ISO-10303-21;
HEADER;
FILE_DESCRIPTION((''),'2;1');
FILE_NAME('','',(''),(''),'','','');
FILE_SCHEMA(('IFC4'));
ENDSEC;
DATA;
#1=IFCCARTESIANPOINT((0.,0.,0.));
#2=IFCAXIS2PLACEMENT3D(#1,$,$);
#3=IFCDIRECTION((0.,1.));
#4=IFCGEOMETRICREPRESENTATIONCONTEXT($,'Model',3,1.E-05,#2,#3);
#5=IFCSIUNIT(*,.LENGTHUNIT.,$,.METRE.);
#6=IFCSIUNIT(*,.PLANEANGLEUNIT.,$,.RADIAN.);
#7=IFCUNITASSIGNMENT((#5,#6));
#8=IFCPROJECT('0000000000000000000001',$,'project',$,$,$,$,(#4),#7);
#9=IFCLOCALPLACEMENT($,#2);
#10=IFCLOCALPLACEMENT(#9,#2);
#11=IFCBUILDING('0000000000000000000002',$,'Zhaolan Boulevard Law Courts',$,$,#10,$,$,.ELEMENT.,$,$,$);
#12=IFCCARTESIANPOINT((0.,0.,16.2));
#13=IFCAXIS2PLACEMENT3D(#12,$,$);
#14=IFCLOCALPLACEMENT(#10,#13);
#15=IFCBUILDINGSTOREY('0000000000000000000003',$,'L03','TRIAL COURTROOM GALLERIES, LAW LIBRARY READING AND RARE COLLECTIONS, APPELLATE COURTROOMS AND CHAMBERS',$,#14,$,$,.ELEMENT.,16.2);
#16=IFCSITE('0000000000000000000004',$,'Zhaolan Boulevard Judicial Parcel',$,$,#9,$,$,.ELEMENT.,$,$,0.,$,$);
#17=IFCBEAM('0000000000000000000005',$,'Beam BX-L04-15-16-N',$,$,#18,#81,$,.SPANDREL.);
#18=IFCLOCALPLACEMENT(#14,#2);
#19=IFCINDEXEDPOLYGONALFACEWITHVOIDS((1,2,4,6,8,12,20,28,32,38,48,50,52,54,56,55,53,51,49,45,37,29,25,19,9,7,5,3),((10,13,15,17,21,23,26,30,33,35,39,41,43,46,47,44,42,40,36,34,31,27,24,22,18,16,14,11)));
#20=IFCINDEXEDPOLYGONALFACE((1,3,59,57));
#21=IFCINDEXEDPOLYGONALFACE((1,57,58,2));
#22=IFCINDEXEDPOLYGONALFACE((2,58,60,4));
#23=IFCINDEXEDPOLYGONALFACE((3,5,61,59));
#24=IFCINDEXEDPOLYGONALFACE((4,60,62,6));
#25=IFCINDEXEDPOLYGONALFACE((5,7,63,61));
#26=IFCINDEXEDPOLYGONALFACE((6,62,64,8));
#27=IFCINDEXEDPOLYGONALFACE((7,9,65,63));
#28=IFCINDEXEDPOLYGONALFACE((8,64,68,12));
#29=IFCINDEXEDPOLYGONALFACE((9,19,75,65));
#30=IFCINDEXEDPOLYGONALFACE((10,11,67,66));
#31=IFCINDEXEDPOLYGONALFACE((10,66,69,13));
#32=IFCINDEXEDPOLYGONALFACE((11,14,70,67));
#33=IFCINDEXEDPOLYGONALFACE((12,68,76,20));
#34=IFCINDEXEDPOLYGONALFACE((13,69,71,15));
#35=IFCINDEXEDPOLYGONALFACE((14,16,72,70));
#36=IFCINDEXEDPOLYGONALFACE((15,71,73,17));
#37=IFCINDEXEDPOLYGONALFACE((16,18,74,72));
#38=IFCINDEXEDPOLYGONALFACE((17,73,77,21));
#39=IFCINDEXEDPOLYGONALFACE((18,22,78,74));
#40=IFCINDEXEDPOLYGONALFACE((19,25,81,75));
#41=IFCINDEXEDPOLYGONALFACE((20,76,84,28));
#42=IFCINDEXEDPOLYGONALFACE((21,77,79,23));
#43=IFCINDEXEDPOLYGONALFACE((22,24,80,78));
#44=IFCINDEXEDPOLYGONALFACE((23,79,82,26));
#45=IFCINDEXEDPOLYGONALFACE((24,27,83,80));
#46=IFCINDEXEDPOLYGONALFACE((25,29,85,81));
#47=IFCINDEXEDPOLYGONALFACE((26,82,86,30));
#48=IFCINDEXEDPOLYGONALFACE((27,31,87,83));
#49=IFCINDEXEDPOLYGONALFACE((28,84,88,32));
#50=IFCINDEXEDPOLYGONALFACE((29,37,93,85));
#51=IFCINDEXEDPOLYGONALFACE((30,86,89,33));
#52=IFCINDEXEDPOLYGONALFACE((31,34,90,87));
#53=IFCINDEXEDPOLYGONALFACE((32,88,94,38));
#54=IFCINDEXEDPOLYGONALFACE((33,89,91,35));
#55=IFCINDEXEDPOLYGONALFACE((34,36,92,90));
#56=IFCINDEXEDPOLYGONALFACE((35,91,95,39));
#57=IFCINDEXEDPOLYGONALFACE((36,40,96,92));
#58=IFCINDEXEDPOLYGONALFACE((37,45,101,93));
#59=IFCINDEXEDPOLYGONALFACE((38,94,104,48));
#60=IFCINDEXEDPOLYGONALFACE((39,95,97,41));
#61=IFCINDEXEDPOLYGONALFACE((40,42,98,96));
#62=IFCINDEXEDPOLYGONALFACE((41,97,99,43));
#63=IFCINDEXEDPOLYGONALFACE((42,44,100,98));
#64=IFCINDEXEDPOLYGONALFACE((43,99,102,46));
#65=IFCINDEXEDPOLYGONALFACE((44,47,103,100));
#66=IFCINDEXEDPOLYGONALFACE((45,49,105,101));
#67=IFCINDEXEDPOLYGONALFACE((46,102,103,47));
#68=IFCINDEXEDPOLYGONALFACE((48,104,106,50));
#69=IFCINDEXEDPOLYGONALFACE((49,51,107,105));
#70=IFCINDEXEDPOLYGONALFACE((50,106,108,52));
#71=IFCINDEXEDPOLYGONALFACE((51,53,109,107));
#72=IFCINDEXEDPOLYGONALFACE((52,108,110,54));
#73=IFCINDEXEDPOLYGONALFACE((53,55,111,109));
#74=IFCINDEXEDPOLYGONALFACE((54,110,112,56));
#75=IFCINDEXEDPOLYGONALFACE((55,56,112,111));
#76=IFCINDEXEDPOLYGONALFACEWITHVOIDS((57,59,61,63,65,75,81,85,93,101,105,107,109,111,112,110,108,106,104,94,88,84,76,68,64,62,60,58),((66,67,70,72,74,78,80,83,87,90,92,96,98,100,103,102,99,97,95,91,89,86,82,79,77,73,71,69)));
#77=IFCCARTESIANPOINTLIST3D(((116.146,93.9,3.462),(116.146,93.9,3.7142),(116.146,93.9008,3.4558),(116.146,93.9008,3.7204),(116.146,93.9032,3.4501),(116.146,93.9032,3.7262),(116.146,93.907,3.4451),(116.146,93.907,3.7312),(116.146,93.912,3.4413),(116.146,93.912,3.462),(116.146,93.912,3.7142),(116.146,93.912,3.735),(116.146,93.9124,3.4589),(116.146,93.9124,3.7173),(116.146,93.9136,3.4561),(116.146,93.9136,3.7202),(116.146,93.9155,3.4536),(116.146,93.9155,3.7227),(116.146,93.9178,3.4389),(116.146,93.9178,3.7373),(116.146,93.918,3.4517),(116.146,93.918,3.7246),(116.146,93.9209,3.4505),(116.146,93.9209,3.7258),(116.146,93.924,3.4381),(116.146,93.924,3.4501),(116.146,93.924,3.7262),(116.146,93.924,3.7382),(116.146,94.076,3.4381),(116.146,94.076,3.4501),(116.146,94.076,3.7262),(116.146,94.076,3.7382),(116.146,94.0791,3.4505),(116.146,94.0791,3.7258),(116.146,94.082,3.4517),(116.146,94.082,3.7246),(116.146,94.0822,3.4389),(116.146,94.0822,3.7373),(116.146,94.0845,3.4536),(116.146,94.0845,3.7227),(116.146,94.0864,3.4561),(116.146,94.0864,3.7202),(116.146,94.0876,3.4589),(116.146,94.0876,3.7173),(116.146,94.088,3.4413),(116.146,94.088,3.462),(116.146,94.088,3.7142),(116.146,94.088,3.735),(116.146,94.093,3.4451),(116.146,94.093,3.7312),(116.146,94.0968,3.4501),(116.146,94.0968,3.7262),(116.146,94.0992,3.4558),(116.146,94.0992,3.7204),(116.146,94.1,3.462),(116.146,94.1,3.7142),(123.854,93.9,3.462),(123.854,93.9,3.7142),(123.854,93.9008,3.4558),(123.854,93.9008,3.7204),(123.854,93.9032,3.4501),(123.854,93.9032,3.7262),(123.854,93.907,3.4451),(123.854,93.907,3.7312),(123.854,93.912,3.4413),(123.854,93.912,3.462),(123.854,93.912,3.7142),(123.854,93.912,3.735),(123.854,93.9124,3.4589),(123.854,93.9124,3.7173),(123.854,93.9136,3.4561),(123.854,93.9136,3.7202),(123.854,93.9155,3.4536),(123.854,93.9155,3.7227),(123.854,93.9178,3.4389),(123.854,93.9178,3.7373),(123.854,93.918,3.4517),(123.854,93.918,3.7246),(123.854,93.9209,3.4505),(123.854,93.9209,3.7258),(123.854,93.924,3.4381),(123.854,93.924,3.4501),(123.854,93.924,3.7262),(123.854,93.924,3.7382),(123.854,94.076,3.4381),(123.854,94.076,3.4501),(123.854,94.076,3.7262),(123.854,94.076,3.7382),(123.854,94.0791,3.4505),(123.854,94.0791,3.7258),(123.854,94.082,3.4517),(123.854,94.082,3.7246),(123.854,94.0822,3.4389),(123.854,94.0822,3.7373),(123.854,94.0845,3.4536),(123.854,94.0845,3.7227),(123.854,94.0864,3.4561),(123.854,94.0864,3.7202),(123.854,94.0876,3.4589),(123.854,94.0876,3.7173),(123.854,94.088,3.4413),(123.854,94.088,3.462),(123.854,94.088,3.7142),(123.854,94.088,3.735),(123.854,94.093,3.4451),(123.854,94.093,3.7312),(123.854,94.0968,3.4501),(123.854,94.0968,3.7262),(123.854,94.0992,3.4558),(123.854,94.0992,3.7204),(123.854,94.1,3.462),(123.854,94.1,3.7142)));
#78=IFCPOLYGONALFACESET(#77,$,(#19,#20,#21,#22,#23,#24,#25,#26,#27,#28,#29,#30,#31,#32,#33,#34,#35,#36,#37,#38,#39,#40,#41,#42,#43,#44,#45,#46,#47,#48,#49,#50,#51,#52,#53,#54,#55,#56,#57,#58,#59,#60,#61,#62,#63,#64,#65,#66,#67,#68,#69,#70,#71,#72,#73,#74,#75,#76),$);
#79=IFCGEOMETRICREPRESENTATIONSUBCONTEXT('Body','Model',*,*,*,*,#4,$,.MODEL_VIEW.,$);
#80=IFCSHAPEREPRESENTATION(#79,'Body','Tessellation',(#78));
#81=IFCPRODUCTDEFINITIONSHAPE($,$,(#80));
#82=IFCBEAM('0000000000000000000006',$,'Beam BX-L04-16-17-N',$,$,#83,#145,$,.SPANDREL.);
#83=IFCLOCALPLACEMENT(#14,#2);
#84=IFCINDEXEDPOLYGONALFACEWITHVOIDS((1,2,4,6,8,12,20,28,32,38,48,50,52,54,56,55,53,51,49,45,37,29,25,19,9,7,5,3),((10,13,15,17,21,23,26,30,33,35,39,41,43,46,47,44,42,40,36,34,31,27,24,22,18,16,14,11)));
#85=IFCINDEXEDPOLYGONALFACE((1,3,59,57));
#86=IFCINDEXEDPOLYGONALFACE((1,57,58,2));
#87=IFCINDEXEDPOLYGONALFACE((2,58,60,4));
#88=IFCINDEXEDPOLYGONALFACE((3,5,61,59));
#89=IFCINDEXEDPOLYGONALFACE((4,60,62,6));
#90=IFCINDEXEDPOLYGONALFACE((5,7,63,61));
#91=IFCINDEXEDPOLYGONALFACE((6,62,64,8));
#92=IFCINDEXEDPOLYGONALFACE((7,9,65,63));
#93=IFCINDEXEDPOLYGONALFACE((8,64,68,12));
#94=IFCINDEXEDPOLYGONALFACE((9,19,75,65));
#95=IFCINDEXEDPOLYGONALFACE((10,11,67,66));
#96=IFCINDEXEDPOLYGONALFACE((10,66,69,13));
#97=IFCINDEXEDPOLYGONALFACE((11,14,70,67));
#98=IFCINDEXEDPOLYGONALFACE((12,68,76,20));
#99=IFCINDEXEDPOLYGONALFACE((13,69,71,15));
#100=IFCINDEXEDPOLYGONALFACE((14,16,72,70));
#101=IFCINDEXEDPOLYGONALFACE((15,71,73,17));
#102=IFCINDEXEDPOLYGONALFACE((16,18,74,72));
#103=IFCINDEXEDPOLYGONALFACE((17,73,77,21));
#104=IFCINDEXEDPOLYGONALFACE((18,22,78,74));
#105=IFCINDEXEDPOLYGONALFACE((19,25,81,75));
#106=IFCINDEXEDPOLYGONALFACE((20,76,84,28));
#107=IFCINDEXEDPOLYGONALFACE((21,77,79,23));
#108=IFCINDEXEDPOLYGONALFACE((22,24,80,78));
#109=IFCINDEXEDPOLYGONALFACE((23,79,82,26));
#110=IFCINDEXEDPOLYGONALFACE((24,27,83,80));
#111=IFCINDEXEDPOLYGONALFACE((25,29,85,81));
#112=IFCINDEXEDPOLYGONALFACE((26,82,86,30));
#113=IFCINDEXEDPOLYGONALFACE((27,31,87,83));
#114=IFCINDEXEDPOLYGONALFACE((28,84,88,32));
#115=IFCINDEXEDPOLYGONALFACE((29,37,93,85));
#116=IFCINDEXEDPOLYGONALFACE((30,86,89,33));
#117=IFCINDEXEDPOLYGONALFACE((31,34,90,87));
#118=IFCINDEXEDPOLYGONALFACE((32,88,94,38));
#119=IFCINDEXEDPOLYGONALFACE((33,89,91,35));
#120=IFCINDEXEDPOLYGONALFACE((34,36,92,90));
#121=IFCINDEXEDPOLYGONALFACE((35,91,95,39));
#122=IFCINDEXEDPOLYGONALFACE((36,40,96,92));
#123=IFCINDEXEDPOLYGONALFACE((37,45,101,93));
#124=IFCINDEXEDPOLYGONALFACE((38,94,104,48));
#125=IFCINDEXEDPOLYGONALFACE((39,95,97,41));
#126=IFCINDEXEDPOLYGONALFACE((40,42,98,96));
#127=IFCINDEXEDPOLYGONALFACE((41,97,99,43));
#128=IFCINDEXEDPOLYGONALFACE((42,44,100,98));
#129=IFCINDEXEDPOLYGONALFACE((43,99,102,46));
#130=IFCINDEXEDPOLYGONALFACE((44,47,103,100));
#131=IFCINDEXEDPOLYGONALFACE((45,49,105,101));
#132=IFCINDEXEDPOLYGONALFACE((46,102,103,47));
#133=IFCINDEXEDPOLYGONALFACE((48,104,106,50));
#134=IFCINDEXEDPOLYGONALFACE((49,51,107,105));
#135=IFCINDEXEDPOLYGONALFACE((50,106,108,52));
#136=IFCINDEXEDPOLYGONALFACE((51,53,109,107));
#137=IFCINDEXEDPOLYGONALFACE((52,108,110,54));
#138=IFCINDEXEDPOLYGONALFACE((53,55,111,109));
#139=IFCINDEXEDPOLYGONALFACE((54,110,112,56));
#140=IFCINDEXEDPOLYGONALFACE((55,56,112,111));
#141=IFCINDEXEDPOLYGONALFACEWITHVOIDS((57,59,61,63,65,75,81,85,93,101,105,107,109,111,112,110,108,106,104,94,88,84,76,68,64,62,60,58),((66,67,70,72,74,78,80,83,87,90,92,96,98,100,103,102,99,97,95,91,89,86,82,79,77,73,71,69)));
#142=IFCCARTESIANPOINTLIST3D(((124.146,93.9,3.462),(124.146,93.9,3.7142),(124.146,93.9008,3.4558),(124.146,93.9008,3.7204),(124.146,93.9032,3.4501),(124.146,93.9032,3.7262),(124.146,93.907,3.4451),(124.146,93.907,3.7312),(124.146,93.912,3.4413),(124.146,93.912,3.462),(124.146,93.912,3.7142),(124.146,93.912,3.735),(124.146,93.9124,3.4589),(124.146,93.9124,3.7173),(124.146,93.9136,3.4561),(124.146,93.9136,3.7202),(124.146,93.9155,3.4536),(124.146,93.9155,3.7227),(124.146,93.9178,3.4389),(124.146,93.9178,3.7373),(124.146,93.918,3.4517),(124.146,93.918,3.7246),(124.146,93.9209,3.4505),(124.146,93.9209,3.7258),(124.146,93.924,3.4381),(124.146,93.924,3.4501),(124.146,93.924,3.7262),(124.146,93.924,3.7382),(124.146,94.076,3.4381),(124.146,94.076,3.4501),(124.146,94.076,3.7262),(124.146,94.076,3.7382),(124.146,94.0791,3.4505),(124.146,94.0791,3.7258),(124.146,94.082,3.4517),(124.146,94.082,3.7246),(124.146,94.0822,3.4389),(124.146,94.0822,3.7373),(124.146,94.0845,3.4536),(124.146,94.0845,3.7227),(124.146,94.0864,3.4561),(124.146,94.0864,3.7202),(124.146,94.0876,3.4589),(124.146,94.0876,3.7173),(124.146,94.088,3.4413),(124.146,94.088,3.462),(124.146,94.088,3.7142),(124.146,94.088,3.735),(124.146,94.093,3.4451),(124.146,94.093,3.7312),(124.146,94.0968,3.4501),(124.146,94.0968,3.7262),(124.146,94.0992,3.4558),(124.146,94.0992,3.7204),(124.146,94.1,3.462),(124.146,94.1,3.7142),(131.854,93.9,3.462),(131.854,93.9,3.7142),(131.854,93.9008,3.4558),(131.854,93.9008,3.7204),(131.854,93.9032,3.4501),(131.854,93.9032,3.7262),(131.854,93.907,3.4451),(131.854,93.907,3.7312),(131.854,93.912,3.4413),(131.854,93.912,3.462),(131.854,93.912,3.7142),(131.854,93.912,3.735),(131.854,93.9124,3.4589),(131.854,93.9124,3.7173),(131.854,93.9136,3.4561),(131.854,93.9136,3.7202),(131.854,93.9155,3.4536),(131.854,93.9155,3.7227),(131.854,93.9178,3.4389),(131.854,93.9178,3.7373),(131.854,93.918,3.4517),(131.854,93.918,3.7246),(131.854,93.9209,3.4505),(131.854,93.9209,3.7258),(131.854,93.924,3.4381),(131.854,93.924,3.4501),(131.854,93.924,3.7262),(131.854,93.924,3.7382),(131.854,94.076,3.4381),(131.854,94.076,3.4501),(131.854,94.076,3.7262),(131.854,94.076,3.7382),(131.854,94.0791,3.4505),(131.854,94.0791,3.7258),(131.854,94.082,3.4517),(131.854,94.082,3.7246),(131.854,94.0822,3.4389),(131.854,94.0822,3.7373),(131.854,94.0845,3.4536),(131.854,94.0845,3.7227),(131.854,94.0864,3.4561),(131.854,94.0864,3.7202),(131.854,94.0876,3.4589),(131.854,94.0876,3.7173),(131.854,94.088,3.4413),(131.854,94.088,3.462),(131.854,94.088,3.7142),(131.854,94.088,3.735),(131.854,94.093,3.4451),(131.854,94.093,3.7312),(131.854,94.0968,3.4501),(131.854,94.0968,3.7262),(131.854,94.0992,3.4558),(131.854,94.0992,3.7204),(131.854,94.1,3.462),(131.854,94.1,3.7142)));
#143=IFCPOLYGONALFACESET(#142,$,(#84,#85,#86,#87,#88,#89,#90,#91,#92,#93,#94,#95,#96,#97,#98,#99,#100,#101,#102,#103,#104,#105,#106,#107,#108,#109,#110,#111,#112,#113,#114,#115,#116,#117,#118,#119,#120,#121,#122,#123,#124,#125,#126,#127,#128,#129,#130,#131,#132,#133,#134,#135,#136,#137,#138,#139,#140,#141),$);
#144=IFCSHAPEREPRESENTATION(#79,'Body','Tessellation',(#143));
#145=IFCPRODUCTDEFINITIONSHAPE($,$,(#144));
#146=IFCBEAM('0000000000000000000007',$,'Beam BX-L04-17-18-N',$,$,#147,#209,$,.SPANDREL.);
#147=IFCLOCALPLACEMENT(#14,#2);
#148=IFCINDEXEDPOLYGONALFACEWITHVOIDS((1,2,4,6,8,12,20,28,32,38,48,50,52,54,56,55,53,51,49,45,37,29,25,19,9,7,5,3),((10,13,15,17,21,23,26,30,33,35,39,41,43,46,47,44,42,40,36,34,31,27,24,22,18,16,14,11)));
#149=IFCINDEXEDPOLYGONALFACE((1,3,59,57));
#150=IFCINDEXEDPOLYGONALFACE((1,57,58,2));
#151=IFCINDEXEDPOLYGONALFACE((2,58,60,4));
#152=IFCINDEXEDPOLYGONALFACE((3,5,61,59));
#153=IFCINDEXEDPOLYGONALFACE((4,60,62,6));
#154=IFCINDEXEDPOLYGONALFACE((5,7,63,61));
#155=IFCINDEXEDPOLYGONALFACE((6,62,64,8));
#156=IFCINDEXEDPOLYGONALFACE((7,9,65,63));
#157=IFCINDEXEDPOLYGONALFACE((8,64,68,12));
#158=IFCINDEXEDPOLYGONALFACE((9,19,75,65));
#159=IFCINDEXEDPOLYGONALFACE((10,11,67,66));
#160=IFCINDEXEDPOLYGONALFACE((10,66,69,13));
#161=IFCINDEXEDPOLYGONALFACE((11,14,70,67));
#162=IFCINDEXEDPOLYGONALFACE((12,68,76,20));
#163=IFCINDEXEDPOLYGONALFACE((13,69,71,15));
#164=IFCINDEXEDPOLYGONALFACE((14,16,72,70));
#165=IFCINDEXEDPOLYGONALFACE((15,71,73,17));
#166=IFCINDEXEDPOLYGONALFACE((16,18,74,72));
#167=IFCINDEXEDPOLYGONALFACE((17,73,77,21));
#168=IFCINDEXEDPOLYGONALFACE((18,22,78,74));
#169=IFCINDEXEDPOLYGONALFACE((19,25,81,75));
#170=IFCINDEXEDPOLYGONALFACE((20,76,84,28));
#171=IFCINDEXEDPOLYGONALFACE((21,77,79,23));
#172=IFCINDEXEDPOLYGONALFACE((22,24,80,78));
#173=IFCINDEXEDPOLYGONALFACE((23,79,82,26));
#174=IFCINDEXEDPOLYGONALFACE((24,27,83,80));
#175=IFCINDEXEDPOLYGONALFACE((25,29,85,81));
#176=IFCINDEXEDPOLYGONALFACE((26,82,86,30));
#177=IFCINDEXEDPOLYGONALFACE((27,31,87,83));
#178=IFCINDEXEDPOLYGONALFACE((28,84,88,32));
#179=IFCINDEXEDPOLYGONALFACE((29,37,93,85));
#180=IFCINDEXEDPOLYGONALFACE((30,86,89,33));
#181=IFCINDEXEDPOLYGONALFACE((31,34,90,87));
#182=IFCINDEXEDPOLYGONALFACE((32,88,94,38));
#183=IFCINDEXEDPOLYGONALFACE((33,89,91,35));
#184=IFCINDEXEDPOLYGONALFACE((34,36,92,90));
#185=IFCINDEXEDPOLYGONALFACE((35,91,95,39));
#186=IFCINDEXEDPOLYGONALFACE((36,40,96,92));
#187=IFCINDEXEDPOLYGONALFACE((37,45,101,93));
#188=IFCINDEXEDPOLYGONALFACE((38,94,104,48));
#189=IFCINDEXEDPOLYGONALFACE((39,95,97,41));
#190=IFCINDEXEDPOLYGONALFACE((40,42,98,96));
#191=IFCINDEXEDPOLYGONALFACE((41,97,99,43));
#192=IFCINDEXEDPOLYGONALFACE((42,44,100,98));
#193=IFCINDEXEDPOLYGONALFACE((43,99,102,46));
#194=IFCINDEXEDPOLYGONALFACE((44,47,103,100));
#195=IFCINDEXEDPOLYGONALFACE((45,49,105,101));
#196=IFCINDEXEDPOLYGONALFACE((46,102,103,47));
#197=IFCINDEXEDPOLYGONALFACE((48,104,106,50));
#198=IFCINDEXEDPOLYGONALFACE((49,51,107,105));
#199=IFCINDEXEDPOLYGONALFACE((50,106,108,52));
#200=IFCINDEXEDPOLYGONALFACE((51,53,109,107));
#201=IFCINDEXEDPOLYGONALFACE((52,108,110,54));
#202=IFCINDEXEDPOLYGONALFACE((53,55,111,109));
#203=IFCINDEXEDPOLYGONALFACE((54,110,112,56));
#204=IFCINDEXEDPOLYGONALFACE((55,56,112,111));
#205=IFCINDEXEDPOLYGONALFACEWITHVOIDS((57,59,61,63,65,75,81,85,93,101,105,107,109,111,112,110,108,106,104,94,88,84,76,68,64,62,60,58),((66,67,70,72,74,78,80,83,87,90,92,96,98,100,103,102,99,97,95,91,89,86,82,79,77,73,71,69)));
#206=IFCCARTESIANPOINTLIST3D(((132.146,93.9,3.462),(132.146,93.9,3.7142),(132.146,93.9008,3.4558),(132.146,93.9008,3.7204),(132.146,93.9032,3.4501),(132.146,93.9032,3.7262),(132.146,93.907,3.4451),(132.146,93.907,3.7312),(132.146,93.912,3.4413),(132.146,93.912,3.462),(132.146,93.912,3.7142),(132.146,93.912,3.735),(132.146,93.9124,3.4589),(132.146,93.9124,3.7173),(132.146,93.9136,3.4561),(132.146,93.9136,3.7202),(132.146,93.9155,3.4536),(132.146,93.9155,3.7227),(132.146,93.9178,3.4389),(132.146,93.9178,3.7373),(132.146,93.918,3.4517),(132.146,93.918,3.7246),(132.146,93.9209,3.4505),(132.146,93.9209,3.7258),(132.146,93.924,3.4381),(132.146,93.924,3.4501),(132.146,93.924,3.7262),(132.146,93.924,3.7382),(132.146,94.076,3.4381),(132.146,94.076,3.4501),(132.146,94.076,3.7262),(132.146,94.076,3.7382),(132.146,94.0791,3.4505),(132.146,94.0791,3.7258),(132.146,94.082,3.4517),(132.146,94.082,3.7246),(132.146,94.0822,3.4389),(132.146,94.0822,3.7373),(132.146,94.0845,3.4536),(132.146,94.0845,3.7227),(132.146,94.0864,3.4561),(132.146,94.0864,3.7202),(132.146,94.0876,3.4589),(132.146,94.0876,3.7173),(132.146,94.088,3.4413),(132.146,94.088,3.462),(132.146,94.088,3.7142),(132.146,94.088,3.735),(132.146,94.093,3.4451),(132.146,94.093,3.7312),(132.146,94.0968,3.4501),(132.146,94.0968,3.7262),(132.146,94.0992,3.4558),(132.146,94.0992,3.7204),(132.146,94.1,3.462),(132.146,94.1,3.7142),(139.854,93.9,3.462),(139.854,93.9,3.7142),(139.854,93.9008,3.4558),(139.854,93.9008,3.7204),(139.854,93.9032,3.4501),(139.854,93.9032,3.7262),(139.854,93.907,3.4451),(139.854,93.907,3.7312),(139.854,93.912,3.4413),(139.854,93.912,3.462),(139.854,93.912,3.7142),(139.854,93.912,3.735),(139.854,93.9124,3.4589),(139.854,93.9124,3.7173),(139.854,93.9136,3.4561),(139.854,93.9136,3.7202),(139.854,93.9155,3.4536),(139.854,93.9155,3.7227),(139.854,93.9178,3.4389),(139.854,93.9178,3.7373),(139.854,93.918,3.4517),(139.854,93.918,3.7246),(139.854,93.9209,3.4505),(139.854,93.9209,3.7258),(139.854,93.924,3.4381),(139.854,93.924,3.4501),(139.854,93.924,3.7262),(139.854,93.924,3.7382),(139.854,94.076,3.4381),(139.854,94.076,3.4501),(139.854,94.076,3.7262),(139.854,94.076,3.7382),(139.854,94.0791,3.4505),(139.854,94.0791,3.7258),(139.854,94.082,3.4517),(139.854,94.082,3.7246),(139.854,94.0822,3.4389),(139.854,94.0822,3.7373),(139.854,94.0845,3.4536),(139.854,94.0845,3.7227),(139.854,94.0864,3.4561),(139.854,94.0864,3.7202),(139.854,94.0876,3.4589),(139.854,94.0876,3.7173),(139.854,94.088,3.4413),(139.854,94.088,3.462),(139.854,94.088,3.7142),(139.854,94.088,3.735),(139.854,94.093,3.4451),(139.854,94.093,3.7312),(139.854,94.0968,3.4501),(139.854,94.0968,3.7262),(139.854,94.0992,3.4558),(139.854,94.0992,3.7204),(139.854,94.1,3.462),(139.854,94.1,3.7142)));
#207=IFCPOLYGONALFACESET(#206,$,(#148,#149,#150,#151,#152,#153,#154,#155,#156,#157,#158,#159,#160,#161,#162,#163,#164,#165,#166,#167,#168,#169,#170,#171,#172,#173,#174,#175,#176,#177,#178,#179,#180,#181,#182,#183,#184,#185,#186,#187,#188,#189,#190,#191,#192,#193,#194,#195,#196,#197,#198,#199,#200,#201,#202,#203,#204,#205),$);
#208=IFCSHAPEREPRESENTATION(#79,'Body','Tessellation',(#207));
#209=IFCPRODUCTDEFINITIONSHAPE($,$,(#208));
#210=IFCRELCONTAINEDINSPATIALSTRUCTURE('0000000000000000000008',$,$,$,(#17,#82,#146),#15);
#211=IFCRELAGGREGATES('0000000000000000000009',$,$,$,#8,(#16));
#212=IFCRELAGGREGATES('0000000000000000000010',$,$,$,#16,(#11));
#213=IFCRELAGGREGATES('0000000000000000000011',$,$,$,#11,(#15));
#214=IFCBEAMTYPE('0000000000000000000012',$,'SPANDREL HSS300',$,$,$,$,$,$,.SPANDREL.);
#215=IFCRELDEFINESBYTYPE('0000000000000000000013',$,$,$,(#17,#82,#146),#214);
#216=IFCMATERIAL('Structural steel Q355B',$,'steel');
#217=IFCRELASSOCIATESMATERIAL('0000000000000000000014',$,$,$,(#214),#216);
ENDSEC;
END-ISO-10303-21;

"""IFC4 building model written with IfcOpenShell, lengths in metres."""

from ifc_helpers import new_model, si_unit, direction, frame, origin, origin_2d, place, context, subcontext, project, spatial, hollow_rectangle, extrude, material, material_profile, profile_set, type_object, element, save


model = new_model("IFC4")

# Units and contexts
model_context = context("Model", 3, precision=1e-05, world=origin(), true_north=direction((0.0, 1.0)))
body_context = subcontext(model_context, "Body", "Model", "MODEL_VIEW")
ifc_project = project(units=[si_unit("LENGTHUNIT", "METRE"), si_unit("PLANEANGLEUNIT", "RADIAN")], contexts=[model_context])

# Site, building, storey
site_placement = place(None, origin())
site = spatial("IfcSite", under=ifc_project, at=site_placement, Name="Zhaolan Boulevard Judicial Parcel", CompositionType="ELEMENT", RefElevation=0.0)
building_placement = place(site_placement, origin())
building = spatial("IfcBuilding", under=site, at=building_placement, Name="Zhaolan Boulevard Law Courts", CompositionType="ELEMENT")
storey_placement = place(building_placement, frame((0.0, 0.0, 16.2)))
storey = spatial("IfcBuildingStorey", under=building, at=storey_placement, Name="L03", Description="TRIAL COURTROOM GALLERIES, LAW LIBRARY READING AND RARE COLLECTIONS, APPELLATE COURTROOMS AND CHAMBERS", CompositionType="ELEMENT", Elevation=16.2)

# Beams
ifc_material_1 = material(Name="Structural steel Q355B", Category="steel")
ifc_material_profile_1 = material_profile(ifc_material_1, hollow_rectangle(XDim=0.2, YDim=0.3, WallThickness=0.012, InnerFilletRadius=0.012, OuterFilletRadius=0.0239, at=origin_2d()), Name="HSS300x200x12")
ifc_profile_set_1 = profile_set([ifc_material_profile_1], Name="Structural steel Q355B")
beam_type = type_object("IfcBeamType", Name="SPANDREL HSS300", PredefinedType="SPANDREL", material=ifc_profile_set_1)
for number, where, z_axis, x_axis, name in (
    (1, (116.146, 94.0, 3.5881), (1.0, 0.0, 0.0), (0.0, 1.0, 0.0), "Beam BX-L04-15-16-N"),
    (2, (124.146, 94.0, 3.5881), (1.0, 0.0, 0.0), (0.0, 1.0, 0.0), "Beam BX-L04-16-17-N"),
    (3, (132.146, 94.0, 3.5881), (1.0, 0.0, 0.0), (0.0, 1.0, 0.0), "Beam BX-L04-17-18-N"),
):
    element("IfcBeam", number, at=place(storey_placement, frame(where, z_axis=z_axis, x_axis=x_axis)), inside=storey, type_object=beam_type, Name=name, PredefinedType="SPANDREL", context=body_context, shape_type="SweptSolid", body=[
        extrude(hollow_rectangle(XDim=0.2, YDim=0.3, WallThickness=0.012, InnerFilletRadius=0.012, OuterFilletRadius=0.0239, at=origin_2d()), origin(), (0.0, 0.0, 1.0), 7.708),
    ])

save(model, "model.ifc")
